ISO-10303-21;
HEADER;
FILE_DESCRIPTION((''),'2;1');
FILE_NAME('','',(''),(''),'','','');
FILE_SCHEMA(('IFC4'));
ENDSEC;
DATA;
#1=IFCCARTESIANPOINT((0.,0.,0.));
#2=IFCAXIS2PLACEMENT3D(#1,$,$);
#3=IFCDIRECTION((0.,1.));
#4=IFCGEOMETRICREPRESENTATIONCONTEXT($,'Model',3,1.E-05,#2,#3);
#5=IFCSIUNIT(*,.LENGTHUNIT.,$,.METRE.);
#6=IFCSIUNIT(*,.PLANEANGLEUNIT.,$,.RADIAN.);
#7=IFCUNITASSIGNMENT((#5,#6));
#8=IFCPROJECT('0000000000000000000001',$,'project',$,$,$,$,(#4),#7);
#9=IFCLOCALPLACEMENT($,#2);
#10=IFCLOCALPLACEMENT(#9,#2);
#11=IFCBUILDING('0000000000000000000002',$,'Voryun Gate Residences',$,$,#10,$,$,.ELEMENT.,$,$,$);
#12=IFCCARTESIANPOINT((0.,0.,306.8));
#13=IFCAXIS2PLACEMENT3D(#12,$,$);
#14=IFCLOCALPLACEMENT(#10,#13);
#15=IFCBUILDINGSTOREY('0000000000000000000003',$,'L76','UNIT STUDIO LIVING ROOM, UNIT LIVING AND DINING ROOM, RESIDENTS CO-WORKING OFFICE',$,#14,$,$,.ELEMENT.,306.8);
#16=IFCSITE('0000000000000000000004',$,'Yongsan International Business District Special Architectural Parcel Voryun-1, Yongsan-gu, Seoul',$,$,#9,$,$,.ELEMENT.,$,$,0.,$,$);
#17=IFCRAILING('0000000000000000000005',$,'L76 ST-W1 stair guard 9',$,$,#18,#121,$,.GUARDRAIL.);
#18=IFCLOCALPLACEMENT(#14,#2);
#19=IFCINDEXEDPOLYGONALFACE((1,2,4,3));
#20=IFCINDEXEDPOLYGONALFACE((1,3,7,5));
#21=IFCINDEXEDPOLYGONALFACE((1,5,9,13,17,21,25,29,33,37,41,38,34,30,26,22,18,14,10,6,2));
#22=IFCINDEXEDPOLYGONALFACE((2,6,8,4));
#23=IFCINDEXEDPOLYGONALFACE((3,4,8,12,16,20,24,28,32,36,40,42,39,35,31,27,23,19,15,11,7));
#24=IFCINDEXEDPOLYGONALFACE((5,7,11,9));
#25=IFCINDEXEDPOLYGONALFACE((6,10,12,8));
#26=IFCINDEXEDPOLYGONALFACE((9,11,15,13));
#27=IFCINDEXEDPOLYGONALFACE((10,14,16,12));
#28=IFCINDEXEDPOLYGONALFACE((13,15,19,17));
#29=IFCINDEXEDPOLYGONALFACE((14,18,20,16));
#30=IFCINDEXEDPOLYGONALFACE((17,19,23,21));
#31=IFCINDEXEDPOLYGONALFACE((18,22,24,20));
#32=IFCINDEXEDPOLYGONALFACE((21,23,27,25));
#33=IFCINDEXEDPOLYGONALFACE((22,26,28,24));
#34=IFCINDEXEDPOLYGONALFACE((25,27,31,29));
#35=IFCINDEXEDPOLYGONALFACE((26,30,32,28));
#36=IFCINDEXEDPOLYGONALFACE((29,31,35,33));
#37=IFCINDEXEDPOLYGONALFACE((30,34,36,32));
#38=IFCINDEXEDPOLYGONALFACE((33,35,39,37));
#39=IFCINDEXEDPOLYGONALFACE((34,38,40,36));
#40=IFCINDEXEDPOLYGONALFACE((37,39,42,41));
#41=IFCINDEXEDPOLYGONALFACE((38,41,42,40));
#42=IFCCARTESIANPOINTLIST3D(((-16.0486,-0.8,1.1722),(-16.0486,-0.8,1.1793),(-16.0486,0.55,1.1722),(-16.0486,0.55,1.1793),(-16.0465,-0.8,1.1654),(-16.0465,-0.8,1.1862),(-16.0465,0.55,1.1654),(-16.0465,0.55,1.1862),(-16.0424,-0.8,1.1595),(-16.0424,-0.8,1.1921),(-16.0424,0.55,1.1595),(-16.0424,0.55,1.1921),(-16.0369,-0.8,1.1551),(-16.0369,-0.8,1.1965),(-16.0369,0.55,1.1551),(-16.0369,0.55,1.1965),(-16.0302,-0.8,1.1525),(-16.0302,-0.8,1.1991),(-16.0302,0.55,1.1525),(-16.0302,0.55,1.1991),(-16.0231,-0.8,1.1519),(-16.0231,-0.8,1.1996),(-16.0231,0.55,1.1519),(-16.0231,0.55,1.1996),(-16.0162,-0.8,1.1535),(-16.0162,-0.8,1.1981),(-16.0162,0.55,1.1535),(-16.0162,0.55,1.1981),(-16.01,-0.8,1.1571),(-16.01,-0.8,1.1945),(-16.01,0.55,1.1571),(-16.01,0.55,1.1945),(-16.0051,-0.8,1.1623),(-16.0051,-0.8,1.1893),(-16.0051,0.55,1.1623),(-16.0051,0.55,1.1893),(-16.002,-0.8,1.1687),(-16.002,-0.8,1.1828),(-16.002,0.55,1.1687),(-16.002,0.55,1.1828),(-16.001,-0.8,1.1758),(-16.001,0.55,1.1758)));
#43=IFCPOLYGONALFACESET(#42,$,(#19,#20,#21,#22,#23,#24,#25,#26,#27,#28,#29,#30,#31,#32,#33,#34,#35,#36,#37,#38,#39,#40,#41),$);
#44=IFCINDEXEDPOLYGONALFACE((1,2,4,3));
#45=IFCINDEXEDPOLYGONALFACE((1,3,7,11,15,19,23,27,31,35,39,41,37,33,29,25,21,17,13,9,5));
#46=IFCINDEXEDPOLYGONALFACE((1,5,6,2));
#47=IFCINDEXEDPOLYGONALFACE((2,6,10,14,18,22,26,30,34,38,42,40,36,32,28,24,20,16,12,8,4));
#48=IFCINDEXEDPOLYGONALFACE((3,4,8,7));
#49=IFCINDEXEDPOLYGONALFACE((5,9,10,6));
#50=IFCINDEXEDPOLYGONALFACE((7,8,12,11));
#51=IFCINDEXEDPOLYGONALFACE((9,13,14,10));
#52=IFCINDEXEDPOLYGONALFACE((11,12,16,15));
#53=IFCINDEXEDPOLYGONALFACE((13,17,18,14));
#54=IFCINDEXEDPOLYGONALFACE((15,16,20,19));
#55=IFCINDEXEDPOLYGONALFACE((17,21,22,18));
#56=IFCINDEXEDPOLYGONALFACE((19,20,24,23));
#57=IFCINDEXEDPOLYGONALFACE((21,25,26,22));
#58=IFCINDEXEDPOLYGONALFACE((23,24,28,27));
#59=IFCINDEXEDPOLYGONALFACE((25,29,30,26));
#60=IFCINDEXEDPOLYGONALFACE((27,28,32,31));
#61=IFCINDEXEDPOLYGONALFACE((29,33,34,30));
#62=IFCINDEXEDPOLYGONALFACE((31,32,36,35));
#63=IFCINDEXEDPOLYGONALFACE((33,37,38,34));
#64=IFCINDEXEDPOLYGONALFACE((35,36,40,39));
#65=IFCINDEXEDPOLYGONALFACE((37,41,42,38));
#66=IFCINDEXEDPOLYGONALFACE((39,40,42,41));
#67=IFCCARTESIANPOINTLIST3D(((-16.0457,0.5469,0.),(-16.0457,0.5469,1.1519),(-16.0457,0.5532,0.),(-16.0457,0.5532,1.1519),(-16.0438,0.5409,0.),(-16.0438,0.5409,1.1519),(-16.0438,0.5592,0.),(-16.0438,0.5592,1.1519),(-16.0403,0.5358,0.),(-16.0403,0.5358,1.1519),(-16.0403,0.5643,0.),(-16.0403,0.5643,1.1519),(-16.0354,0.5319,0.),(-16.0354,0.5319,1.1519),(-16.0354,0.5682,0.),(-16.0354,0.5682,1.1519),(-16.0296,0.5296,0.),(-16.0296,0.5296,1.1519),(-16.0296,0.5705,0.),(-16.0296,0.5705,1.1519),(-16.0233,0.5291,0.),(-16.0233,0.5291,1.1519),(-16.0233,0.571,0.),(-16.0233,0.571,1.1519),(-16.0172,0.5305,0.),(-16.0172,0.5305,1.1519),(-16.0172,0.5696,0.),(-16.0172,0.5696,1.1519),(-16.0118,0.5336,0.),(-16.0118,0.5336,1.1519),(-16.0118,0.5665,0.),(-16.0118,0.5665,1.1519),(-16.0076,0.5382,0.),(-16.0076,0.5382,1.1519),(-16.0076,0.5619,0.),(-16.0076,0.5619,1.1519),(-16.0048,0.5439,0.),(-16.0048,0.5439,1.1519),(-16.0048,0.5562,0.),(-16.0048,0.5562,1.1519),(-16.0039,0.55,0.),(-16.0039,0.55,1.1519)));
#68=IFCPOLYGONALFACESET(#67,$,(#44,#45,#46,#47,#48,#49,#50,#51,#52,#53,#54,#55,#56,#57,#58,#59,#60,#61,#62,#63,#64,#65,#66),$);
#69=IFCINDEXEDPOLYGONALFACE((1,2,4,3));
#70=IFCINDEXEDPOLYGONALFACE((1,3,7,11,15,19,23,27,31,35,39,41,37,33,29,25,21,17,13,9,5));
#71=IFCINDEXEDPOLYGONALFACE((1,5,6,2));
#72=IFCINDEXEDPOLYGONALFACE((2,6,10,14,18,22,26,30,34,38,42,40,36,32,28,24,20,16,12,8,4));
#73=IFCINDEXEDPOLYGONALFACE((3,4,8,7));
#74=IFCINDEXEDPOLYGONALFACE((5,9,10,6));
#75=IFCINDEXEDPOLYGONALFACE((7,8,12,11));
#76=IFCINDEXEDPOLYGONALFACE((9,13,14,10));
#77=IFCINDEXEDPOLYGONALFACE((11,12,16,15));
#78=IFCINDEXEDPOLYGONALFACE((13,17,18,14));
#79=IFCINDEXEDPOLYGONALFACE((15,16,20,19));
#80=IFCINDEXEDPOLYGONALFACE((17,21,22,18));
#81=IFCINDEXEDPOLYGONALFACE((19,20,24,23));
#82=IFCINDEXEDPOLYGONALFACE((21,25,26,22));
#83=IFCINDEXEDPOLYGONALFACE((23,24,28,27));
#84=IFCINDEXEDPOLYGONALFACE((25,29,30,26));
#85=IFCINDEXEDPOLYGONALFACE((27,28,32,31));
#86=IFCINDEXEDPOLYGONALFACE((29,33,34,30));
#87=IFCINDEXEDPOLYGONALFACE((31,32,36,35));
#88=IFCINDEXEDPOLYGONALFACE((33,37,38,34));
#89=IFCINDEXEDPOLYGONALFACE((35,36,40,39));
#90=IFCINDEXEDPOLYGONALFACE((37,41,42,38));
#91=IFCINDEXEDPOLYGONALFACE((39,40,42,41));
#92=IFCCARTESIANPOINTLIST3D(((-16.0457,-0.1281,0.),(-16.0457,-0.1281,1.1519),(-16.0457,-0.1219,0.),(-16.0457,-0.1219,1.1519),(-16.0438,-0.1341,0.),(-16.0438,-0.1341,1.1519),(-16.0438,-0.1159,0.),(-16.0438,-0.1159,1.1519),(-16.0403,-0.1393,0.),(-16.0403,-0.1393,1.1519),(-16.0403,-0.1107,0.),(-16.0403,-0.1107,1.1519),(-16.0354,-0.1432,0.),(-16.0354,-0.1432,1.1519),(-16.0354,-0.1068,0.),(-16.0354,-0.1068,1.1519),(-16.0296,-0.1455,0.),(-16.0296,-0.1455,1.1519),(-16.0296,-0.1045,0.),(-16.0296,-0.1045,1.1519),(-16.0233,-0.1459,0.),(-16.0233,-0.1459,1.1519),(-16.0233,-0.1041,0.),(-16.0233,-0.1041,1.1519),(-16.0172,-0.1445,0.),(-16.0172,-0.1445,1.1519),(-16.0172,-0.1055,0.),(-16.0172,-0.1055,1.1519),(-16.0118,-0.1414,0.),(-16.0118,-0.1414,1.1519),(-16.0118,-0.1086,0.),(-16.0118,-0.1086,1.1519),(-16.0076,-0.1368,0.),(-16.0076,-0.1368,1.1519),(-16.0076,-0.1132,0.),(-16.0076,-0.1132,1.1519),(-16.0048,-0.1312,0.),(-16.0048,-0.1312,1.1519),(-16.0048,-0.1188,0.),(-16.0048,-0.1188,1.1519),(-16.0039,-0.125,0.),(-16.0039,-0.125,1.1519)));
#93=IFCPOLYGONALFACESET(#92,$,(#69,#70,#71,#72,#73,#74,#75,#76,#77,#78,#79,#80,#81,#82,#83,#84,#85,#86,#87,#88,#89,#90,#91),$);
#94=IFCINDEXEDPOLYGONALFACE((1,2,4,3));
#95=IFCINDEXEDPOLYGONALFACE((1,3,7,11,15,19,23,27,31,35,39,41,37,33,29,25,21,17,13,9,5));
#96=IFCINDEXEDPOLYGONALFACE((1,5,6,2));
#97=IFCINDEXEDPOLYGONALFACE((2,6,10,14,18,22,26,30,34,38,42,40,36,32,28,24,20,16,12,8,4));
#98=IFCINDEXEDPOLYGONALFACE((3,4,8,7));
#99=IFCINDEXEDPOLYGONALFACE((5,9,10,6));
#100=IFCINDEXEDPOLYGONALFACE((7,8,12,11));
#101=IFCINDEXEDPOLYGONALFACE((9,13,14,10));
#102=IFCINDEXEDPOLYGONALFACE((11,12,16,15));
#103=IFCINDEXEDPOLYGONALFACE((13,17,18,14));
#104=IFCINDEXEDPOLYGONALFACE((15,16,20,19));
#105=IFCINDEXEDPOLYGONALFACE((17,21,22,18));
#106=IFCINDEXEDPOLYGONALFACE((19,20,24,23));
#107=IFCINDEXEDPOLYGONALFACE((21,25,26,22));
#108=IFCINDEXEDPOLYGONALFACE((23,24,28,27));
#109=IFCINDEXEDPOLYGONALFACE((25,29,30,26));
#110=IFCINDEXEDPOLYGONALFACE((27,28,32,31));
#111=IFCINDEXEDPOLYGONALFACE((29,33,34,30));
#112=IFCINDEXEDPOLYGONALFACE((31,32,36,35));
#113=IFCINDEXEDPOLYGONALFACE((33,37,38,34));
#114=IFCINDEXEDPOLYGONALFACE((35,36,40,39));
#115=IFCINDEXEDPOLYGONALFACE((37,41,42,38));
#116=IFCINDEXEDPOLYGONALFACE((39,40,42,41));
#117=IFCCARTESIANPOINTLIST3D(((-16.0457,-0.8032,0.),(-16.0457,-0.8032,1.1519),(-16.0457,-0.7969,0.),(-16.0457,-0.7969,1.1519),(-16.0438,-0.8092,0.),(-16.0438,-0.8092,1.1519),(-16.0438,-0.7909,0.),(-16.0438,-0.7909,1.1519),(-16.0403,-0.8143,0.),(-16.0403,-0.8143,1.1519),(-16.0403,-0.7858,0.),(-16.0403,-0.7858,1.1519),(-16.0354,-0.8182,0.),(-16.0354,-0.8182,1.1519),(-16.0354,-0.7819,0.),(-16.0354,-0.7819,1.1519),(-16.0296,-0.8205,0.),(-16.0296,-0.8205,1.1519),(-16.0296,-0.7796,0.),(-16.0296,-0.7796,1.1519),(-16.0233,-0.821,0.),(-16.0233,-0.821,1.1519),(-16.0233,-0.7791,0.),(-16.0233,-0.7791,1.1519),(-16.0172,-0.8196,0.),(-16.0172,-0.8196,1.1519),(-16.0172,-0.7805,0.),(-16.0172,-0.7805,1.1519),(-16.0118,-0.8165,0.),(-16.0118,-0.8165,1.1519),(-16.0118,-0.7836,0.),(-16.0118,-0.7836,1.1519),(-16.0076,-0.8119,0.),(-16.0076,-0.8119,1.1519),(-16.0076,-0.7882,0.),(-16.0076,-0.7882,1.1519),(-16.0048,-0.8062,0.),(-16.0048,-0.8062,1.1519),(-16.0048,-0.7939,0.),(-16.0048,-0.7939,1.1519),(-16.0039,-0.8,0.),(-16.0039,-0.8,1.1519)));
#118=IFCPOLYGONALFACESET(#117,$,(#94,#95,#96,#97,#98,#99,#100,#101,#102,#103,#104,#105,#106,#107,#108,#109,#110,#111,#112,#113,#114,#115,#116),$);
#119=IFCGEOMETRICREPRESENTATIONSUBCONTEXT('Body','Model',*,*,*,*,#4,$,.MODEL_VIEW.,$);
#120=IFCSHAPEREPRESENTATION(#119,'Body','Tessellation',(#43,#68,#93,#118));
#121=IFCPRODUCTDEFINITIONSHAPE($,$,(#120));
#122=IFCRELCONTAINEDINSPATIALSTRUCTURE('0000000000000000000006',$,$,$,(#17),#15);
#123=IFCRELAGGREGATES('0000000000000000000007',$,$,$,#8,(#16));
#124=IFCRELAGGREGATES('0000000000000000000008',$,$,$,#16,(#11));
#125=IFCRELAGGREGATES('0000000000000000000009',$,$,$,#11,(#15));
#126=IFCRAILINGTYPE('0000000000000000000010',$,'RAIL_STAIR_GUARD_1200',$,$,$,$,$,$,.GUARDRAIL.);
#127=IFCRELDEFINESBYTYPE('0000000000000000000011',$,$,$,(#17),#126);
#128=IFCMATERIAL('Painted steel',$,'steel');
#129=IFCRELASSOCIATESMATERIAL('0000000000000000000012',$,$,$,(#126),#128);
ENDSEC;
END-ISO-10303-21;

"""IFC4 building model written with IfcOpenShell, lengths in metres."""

from ifc_helpers import new_model, si_unit, direction, frame, origin, origin_2d, place, context, subcontext, project, spatial, circle, extrude, material, type_object, element, save


model = new_model("IFC4")

# Units and contexts
model_context = context("Model", 3, precision=1e-05, world=origin(), true_north=direction((0.0, 1.0)))
body_context = subcontext(model_context, "Body", "Model", "MODEL_VIEW")
ifc_project = project(units=[si_unit("LENGTHUNIT", "METRE"), si_unit("PLANEANGLEUNIT", "RADIAN")], contexts=[model_context])

# Site, building, storey
site_placement = place(None, origin())
site = spatial("IfcSite", under=ifc_project, at=site_placement, Name="Yongsan International Business District Special Architectural Parcel Voryun-1, Yongsan-gu, Seoul", CompositionType="ELEMENT", RefElevation=0.0)
building_placement = place(site_placement, origin())
building = spatial("IfcBuilding", under=site, at=building_placement, Name="Voryun Gate Residences", CompositionType="ELEMENT")
storey_placement = place(building_placement, frame((0.0, 0.0, 306.8)))
storey = spatial("IfcBuildingStorey", under=building, at=storey_placement, Name="L76", Description="UNIT STUDIO LIVING ROOM, UNIT LIVING AND DINING ROOM, RESIDENTS CO-WORKING OFFICE", CompositionType="ELEMENT", Elevation=306.8)

# Railing
ifc_material_1 = material(Name="Painted steel", Category="steel")
railing_type = type_object("IfcRailingType", Name="RAIL_STAIR_GUARD_1200", PredefinedType="GUARDRAIL", material=ifc_material_1)
for number, where, name in (
    (1, (-16.0249, 0.55, 0.0), "L76 ST-W1 stair guard 9"),
):
    element("IfcRailing", number, at=place(storey_placement, frame(where)), inside=storey, type_object=railing_type, Name=name, PredefinedType="GUARDRAIL", context=body_context, shape_type="SweptSolid", body=[
        extrude(circle(Radius=0.0239, at=origin_2d()), frame((0.0, 0.0, 1.1758), z_axis=(0.0, -1.0, 0.0), x_axis=(1.0, 0.0, 0.0)), (0.0, 0.0, 1.0), 1.3501),
        extrude(circle(Radius=0.021, at=origin_2d()), origin(), (0.0, 0.0, 1.0), 1.1519),
        extrude(circle(Radius=0.021, at=origin_2d()), frame((0.0, -0.675, 0.0)), (0.0, 0.0, 1.0), 1.1519),
        extrude(circle(Radius=0.021, at=origin_2d()), frame((0.0, -1.3501, 0.0)), (0.0, 0.0, 1.0), 1.1519),
    ])

save(model, "model.ifc")
